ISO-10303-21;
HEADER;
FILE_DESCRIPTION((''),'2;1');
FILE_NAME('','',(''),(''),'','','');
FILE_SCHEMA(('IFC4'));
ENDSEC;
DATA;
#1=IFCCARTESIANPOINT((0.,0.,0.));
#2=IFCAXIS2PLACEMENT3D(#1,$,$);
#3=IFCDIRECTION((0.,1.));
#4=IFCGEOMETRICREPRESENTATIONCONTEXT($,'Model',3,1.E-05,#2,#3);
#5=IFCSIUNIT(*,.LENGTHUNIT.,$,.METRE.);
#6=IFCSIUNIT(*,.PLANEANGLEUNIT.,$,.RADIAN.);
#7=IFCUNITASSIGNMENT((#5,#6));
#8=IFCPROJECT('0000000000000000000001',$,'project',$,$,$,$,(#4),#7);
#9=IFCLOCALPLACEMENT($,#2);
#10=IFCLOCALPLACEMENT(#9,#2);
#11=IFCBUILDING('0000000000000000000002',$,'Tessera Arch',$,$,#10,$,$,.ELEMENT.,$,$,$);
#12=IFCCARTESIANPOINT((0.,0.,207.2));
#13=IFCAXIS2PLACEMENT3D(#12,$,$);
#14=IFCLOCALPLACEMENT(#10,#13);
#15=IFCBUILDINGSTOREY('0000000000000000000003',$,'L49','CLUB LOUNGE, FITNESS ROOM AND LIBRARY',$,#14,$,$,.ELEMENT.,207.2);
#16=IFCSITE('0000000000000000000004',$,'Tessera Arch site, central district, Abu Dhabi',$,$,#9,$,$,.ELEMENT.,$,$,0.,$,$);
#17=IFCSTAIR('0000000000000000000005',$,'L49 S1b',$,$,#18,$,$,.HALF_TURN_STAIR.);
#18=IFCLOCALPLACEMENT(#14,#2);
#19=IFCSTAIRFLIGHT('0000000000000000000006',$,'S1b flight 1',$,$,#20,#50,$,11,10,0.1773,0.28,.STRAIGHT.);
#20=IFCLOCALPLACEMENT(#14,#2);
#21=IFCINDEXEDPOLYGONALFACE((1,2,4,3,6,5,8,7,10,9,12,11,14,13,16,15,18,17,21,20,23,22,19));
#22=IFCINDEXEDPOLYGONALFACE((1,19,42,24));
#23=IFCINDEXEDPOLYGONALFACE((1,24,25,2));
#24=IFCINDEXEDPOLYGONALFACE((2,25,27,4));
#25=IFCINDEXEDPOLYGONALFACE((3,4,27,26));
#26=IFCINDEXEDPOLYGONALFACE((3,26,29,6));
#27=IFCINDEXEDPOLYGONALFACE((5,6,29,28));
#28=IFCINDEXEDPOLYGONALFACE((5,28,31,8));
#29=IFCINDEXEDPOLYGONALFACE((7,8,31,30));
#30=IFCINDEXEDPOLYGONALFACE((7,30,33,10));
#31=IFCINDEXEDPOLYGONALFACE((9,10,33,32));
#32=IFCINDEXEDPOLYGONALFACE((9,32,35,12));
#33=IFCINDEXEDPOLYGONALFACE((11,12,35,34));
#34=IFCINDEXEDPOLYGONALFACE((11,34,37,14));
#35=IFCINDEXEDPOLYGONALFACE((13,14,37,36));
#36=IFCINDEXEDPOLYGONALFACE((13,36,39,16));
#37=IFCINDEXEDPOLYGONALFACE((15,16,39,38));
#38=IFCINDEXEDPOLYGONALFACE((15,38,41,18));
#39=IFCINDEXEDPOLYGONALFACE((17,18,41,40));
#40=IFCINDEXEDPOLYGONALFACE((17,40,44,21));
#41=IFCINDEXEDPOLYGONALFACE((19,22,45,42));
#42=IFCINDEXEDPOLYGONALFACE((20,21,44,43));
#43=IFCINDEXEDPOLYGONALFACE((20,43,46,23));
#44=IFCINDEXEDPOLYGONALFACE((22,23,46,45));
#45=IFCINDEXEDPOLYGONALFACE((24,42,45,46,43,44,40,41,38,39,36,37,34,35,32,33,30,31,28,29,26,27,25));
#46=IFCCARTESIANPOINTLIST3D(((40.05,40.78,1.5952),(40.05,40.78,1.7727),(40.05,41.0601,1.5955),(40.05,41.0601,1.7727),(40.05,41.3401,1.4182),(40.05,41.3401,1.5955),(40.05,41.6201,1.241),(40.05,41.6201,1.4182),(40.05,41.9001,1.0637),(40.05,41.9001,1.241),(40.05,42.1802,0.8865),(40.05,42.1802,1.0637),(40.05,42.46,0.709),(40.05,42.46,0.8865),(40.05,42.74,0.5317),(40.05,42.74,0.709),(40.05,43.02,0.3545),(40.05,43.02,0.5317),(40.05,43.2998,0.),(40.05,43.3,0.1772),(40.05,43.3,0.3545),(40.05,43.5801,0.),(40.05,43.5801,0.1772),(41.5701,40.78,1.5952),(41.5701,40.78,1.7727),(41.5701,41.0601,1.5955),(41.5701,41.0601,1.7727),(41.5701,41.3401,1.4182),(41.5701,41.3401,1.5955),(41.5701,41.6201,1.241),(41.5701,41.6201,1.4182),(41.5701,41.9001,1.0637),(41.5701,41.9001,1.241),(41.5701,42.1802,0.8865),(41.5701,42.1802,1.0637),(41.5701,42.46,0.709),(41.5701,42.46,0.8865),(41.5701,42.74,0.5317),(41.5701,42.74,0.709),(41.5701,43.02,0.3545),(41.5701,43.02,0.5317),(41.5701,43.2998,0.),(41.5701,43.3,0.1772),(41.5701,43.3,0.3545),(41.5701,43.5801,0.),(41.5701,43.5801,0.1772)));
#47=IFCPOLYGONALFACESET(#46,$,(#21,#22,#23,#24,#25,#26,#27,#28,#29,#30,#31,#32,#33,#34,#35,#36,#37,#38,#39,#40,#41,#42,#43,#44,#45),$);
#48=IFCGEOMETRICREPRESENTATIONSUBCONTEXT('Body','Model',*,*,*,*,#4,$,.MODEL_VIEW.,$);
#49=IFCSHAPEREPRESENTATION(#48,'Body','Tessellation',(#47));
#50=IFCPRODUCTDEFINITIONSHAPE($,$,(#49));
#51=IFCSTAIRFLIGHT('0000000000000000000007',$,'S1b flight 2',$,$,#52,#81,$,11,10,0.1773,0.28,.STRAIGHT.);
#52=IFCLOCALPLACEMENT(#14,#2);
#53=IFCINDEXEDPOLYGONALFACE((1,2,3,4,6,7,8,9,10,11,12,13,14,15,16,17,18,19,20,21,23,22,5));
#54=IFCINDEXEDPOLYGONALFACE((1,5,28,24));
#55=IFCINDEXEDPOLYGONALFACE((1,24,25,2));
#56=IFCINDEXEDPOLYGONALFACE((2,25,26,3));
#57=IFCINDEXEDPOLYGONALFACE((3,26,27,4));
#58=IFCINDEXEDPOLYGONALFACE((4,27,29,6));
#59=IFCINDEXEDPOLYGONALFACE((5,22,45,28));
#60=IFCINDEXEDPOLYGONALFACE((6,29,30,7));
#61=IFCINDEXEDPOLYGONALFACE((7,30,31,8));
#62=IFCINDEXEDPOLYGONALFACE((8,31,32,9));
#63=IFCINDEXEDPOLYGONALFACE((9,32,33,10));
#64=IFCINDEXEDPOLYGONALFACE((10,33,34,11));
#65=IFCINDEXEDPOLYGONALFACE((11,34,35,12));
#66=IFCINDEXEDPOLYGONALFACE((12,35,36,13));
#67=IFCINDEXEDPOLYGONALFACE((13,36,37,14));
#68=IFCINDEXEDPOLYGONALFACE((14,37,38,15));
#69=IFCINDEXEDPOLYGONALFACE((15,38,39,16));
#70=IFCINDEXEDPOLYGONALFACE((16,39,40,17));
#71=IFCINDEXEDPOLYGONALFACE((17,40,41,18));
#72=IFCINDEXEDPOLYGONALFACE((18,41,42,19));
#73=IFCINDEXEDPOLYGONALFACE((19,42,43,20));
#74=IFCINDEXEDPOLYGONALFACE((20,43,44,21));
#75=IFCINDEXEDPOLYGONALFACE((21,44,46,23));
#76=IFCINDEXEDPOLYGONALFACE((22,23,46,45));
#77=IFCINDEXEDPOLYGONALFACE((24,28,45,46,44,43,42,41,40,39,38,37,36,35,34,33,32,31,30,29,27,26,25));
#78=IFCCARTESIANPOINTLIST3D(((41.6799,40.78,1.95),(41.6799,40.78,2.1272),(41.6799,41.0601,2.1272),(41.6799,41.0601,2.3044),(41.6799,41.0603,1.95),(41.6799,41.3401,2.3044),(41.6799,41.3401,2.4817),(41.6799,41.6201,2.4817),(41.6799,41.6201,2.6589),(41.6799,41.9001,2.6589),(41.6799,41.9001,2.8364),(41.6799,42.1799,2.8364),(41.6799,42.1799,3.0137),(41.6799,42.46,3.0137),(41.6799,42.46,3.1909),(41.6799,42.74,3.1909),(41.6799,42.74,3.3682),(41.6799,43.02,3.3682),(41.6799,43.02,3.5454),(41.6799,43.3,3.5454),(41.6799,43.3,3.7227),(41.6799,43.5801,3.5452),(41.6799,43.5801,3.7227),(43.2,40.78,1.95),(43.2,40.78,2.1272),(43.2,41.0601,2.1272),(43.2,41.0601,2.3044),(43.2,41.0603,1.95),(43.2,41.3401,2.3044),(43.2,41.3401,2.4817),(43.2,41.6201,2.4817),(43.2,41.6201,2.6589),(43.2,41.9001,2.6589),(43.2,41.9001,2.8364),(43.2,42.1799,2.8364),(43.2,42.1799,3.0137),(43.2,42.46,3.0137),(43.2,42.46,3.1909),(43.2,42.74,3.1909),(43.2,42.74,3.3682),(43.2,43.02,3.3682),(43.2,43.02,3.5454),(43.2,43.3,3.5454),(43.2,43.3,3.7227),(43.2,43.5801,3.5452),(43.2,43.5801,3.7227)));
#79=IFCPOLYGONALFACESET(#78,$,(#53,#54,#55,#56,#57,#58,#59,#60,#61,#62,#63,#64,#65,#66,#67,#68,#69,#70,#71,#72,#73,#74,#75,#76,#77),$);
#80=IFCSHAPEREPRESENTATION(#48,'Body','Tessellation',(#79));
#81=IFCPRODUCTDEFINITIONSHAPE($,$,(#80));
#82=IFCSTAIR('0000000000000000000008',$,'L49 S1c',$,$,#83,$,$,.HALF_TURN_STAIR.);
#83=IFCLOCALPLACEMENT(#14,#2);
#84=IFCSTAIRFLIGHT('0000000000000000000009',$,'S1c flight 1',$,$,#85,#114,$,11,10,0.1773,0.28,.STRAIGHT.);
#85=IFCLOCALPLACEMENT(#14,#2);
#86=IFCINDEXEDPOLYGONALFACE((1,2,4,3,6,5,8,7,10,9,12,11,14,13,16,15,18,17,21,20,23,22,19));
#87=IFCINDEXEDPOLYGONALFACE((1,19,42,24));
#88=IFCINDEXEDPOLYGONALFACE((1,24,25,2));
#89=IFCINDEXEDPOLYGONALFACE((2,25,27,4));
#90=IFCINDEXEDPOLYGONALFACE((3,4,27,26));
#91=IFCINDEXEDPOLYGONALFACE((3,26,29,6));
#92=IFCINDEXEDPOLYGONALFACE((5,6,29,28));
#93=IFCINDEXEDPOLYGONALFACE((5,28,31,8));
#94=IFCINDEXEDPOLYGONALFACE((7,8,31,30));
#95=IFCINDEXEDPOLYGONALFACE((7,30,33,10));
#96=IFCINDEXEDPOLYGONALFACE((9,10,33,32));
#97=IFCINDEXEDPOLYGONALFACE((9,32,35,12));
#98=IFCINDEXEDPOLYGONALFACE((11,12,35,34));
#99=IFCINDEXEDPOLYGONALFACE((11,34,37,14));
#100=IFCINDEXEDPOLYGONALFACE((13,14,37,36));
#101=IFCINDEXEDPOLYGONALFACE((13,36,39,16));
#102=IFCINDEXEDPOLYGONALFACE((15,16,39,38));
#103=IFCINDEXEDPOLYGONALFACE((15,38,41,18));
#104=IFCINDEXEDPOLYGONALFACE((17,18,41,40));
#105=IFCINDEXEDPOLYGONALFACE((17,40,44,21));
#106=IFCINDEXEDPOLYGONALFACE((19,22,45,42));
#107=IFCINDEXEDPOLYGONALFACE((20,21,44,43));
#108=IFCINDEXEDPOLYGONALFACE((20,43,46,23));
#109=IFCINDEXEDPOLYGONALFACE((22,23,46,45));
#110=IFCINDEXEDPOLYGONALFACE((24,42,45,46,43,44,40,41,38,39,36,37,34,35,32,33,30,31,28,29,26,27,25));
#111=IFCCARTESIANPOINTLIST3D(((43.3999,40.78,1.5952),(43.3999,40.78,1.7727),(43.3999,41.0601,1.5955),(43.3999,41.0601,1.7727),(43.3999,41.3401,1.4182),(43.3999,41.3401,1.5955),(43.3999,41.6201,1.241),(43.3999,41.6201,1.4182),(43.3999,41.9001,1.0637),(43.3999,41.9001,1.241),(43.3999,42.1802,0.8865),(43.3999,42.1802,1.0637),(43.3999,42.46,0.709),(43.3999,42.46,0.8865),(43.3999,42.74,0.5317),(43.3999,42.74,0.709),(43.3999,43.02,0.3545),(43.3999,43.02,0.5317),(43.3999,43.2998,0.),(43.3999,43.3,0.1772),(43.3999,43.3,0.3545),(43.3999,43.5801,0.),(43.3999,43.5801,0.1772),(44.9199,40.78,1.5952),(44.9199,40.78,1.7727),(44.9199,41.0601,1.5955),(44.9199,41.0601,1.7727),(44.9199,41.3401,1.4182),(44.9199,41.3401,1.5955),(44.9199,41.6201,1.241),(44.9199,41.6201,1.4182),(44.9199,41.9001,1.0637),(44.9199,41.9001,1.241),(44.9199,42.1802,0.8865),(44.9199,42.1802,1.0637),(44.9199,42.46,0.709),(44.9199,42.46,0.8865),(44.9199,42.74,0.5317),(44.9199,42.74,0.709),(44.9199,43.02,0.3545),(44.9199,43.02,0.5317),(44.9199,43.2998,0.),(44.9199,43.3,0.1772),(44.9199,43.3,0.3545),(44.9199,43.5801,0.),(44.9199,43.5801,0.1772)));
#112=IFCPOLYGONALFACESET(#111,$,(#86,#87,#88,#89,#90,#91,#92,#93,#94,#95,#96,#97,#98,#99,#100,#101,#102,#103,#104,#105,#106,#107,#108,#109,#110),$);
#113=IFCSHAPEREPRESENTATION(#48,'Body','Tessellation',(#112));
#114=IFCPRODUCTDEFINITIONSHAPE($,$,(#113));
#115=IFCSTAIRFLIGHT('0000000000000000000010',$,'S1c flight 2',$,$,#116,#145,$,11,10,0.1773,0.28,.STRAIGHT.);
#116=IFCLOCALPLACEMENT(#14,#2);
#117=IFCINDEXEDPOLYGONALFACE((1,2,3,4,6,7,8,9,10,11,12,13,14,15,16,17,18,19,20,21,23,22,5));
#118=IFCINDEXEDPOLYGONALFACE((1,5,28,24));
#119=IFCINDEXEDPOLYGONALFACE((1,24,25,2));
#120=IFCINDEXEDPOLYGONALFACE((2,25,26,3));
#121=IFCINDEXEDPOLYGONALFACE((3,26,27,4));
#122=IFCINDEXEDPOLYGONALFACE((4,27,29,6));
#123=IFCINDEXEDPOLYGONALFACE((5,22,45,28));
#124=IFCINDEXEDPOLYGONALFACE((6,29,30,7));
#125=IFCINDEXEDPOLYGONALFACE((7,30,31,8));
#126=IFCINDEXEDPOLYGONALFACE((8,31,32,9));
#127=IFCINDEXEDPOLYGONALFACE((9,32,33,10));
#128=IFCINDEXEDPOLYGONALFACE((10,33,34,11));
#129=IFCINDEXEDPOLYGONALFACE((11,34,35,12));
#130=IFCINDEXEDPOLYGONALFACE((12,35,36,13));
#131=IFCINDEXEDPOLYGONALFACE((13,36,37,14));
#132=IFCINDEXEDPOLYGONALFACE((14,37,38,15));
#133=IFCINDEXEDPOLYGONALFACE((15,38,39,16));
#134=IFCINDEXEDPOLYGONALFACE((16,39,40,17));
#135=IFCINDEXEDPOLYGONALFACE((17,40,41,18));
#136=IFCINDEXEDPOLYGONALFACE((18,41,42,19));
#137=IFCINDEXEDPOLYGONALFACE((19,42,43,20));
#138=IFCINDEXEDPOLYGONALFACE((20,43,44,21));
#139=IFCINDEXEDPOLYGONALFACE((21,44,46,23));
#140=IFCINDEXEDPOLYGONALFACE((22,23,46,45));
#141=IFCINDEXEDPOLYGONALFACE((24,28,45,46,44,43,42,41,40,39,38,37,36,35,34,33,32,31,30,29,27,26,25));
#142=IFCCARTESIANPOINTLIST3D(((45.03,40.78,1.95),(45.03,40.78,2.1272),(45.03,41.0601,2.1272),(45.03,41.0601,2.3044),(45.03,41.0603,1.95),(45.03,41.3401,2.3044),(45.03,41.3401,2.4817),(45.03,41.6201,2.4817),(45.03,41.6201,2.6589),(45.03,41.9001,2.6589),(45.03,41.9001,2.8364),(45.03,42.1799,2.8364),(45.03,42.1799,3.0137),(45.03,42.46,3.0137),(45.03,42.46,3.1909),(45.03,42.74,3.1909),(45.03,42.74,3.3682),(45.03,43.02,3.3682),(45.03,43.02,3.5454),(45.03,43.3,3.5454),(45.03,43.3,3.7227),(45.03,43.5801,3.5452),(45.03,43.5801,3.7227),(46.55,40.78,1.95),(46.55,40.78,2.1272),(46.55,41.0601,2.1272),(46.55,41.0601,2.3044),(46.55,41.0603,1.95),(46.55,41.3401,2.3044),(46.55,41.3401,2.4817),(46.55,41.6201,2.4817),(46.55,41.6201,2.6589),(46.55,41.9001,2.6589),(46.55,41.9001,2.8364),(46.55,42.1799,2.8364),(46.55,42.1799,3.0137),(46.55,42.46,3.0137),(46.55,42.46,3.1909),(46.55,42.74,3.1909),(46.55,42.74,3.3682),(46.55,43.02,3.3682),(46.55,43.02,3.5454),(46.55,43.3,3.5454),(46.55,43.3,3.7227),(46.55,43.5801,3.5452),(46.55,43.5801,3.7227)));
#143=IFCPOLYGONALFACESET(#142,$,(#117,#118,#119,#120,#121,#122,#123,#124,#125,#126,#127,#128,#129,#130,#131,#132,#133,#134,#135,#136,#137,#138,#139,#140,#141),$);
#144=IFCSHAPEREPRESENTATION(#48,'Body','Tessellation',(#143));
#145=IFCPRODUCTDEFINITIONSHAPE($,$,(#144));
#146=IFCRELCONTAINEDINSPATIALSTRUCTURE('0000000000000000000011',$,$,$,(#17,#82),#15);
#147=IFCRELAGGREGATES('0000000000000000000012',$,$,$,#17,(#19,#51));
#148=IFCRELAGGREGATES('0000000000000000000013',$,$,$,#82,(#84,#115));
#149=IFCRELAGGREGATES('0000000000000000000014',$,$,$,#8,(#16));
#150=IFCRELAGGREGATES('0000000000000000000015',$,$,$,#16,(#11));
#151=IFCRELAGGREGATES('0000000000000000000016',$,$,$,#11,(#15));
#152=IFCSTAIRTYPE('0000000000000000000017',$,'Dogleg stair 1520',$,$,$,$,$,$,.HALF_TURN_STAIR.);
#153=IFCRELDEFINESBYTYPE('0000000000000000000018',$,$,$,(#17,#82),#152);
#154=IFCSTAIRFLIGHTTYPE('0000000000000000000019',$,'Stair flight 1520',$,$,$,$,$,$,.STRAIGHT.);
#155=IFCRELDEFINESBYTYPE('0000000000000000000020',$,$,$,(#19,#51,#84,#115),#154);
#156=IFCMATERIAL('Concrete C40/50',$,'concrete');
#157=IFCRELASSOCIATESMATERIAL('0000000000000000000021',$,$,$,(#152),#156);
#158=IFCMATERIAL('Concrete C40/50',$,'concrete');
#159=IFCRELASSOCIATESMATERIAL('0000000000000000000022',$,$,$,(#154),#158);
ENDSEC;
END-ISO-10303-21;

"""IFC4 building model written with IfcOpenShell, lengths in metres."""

from ifc_helpers import new_model, si_unit, direction, frame, origin, place, context, subcontext, project, spatial, polyline, outline, extrude, material, type_object, element, aggregate, save


model = new_model("IFC4")

# Units and contexts
model_context = context("Model", 3, precision=1e-05, world=origin(), true_north=direction((0.0, 1.0)))
body_context = subcontext(model_context, "Body", "Model", "MODEL_VIEW")
ifc_project = project(units=[si_unit("LENGTHUNIT", "METRE"), si_unit("PLANEANGLEUNIT", "RADIAN")], contexts=[model_context])

# Site, building, storey
site_placement = place(None, origin())
site = spatial("IfcSite", under=ifc_project, at=site_placement, Name="Tessera Arch site, central district, Abu Dhabi", CompositionType="ELEMENT", RefElevation=0.0)
building_placement = place(site_placement, origin())
building = spatial("IfcBuilding", under=site, at=building_placement, Name="Tessera Arch", CompositionType="ELEMENT")
storey_placement = place(building_placement, frame((0.0, 0.0, 207.2)))
storey = spatial("IfcBuildingStorey", under=building, at=storey_placement, Name="L49", Description="CLUB LOUNGE, FITNESS ROOM AND LIBRARY", CompositionType="ELEMENT", Elevation=207.2)

# Stairs, stair flights
ifc_material_1 = material(Name="Concrete C40/50", Category="concrete")
stair_type = type_object("IfcStairType", Name="Dogleg stair 1520", PredefinedType="HALF_TURN_STAIR", material=ifc_material_1)
stair_1_placement = place(storey_placement, origin())
stair_1 = element("IfcStair", 1, at=stair_1_placement, inside=storey, type_object=stair_type, Name="L49 S1b", PredefinedType="HALF_TURN_STAIR")
ifc_material_2 = material(Name="Concrete C40/50", Category="concrete")
stair_flight_type = type_object("IfcStairFlightType", Name="Stair flight 1520", PredefinedType="STRAIGHT", material=ifc_material_2)
stair_flight_1_placement = place(storey_placement, frame((40.8101, 43.5801, 0.0), z_axis=(0.0, 0.0, 1.0), x_axis=(0.0, -1.0, 0.0)))
stair_flight_1 = element("IfcStairFlight", 2, at=stair_flight_1_placement, type_object=stair_flight_type, Name="S1b flight 1", NumberOfRisers=11, NumberOfTreads=10, PredefinedType="STRAIGHT", RiserHeight=0.1773, TreadLength=0.28, context=body_context, shape_type="SweptSolid", body=[
    extrude(outline(polyline([(0.0, 0.0), (0.0, 0.1772), (0.28, 0.1772), (0.28, 0.3545), (0.5601, 0.3545), (0.5601, 0.5317), (0.8401, 0.5317), (0.8401, 0.709), (1.1201, 0.709), (1.1201, 0.8865), (1.3999, 0.8865), (1.3999, 1.0637), (1.6799, 1.0637), (1.6799, 1.241), (1.96, 1.241), (1.96, 1.4182), (2.24, 1.4182), (2.24, 1.5955), (2.52, 1.5955), (2.52, 1.7727), (2.8, 1.7727), (2.8, 1.95), (2.8, 1.5952), (0.2803, 0.0), (0.0, 0.0)])), frame((0.0, 0.76, 0.0), z_axis=(0.0, -1.0, 0.0), x_axis=(1.0, 0.0, 0.0)), (0.0, 0.0, 1.0), 1.52),
])
stair_flight_2_placement = place(storey_placement, frame((42.4399, 40.78, 1.95), z_axis=(0.0, 0.0, 1.0), x_axis=(0.0, 1.0, 0.0)))
stair_flight_2 = element("IfcStairFlight", 3, at=stair_flight_2_placement, type_object=stair_flight_type, Name="S1b flight 2", NumberOfRisers=11, NumberOfTreads=10, PredefinedType="STRAIGHT", RiserHeight=0.1773, TreadLength=0.28, context=body_context, shape_type="SweptSolid", body=[
    extrude(outline(polyline([(0.0, 0.0), (0.0, 0.1772), (0.28, 0.1772), (0.28, 0.3545), (0.5601, 0.3545), (0.5601, 0.5317), (0.8401, 0.5317), (0.8401, 0.709), (1.1201, 0.709), (1.1201, 0.8865), (1.3999, 0.8865), (1.3999, 1.0637), (1.6799, 1.0637), (1.6799, 1.241), (1.96, 1.241), (1.96, 1.4182), (2.24, 1.4182), (2.24, 1.5955), (2.52, 1.5955), (2.52, 1.7727), (2.8, 1.7727), (2.8, 1.95), (2.8, 1.5952), (0.2803, 0.0), (0.0, 0.0)])), frame((0.0, 0.76, 0.0), z_axis=(0.0, -1.0, 0.0), x_axis=(1.0, 0.0, 0.0)), (0.0, 0.0, 1.0), 1.52),
])
aggregate(stair_1, [stair_flight_1, stair_flight_2])
stair_2_placement = place(storey_placement, origin())
stair_2 = element("IfcStair", 4, at=stair_2_placement, inside=storey, type_object=stair_type, Name="L49 S1c", PredefinedType="HALF_TURN_STAIR")
stair_flight_3_placement = place(storey_placement, frame((44.1599, 43.5801, 0.0), z_axis=(0.0, 0.0, 1.0), x_axis=(0.0, -1.0, 0.0)))
stair_flight_3 = element("IfcStairFlight", 5, at=stair_flight_3_placement, type_object=stair_flight_type, Name="S1c flight 1", NumberOfRisers=11, NumberOfTreads=10, PredefinedType="STRAIGHT", RiserHeight=0.1773, TreadLength=0.28, context=body_context, shape_type="SweptSolid", body=[
    extrude(outline(polyline([(0.0, 0.0), (0.0, 0.1772), (0.28, 0.1772), (0.28, 0.3545), (0.5601, 0.3545), (0.5601, 0.5317), (0.8401, 0.5317), (0.8401, 0.709), (1.1201, 0.709), (1.1201, 0.8865), (1.3999, 0.8865), (1.3999, 1.0637), (1.6799, 1.0637), (1.6799, 1.241), (1.96, 1.241), (1.96, 1.4182), (2.24, 1.4182), (2.24, 1.5955), (2.52, 1.5955), (2.52, 1.7727), (2.8, 1.7727), (2.8, 1.95), (2.8, 1.5952), (0.2803, 0.0), (0.0, 0.0)])), frame((0.0, 0.76, 0.0), z_axis=(0.0, -1.0, 0.0), x_axis=(1.0, 0.0, 0.0)), (0.0, 0.0, 1.0), 1.52),
])
stair_flight_4_placement = place(storey_placement, frame((45.79, 40.78, 1.95), z_axis=(0.0, 0.0, 1.0), x_axis=(0.0, 1.0, 0.0)))
stair_flight_4 = element("IfcStairFlight", 6, at=stair_flight_4_placement, type_object=stair_flight_type, Name="S1c flight 2", NumberOfRisers=11, NumberOfTreads=10, PredefinedType="STRAIGHT", RiserHeight=0.1773, TreadLength=0.28, context=body_context, shape_type="SweptSolid", body=[
    extrude(outline(polyline([(0.0, 0.0), (0.0, 0.1772), (0.28, 0.1772), (0.28, 0.3545), (0.5601, 0.3545), (0.5601, 0.5317), (0.8401, 0.5317), (0.8401, 0.709), (1.1201, 0.709), (1.1201, 0.8865), (1.3999, 0.8865), (1.3999, 1.0637), (1.6799, 1.0637), (1.6799, 1.241), (1.96, 1.241), (1.96, 1.4182), (2.24, 1.4182), (2.24, 1.5955), (2.52, 1.5955), (2.52, 1.7727), (2.8, 1.7727), (2.8, 1.95), (2.8, 1.5952), (0.2803, 0.0), (0.0, 0.0)])), frame((0.0, 0.76, 0.0), z_axis=(0.0, -1.0, 0.0), x_axis=(1.0, 0.0, 0.0)), (0.0, 0.0, 1.0), 1.52),
])
aggregate(stair_2, [stair_flight_3, stair_flight_4])

save(model, "model.ifc")
